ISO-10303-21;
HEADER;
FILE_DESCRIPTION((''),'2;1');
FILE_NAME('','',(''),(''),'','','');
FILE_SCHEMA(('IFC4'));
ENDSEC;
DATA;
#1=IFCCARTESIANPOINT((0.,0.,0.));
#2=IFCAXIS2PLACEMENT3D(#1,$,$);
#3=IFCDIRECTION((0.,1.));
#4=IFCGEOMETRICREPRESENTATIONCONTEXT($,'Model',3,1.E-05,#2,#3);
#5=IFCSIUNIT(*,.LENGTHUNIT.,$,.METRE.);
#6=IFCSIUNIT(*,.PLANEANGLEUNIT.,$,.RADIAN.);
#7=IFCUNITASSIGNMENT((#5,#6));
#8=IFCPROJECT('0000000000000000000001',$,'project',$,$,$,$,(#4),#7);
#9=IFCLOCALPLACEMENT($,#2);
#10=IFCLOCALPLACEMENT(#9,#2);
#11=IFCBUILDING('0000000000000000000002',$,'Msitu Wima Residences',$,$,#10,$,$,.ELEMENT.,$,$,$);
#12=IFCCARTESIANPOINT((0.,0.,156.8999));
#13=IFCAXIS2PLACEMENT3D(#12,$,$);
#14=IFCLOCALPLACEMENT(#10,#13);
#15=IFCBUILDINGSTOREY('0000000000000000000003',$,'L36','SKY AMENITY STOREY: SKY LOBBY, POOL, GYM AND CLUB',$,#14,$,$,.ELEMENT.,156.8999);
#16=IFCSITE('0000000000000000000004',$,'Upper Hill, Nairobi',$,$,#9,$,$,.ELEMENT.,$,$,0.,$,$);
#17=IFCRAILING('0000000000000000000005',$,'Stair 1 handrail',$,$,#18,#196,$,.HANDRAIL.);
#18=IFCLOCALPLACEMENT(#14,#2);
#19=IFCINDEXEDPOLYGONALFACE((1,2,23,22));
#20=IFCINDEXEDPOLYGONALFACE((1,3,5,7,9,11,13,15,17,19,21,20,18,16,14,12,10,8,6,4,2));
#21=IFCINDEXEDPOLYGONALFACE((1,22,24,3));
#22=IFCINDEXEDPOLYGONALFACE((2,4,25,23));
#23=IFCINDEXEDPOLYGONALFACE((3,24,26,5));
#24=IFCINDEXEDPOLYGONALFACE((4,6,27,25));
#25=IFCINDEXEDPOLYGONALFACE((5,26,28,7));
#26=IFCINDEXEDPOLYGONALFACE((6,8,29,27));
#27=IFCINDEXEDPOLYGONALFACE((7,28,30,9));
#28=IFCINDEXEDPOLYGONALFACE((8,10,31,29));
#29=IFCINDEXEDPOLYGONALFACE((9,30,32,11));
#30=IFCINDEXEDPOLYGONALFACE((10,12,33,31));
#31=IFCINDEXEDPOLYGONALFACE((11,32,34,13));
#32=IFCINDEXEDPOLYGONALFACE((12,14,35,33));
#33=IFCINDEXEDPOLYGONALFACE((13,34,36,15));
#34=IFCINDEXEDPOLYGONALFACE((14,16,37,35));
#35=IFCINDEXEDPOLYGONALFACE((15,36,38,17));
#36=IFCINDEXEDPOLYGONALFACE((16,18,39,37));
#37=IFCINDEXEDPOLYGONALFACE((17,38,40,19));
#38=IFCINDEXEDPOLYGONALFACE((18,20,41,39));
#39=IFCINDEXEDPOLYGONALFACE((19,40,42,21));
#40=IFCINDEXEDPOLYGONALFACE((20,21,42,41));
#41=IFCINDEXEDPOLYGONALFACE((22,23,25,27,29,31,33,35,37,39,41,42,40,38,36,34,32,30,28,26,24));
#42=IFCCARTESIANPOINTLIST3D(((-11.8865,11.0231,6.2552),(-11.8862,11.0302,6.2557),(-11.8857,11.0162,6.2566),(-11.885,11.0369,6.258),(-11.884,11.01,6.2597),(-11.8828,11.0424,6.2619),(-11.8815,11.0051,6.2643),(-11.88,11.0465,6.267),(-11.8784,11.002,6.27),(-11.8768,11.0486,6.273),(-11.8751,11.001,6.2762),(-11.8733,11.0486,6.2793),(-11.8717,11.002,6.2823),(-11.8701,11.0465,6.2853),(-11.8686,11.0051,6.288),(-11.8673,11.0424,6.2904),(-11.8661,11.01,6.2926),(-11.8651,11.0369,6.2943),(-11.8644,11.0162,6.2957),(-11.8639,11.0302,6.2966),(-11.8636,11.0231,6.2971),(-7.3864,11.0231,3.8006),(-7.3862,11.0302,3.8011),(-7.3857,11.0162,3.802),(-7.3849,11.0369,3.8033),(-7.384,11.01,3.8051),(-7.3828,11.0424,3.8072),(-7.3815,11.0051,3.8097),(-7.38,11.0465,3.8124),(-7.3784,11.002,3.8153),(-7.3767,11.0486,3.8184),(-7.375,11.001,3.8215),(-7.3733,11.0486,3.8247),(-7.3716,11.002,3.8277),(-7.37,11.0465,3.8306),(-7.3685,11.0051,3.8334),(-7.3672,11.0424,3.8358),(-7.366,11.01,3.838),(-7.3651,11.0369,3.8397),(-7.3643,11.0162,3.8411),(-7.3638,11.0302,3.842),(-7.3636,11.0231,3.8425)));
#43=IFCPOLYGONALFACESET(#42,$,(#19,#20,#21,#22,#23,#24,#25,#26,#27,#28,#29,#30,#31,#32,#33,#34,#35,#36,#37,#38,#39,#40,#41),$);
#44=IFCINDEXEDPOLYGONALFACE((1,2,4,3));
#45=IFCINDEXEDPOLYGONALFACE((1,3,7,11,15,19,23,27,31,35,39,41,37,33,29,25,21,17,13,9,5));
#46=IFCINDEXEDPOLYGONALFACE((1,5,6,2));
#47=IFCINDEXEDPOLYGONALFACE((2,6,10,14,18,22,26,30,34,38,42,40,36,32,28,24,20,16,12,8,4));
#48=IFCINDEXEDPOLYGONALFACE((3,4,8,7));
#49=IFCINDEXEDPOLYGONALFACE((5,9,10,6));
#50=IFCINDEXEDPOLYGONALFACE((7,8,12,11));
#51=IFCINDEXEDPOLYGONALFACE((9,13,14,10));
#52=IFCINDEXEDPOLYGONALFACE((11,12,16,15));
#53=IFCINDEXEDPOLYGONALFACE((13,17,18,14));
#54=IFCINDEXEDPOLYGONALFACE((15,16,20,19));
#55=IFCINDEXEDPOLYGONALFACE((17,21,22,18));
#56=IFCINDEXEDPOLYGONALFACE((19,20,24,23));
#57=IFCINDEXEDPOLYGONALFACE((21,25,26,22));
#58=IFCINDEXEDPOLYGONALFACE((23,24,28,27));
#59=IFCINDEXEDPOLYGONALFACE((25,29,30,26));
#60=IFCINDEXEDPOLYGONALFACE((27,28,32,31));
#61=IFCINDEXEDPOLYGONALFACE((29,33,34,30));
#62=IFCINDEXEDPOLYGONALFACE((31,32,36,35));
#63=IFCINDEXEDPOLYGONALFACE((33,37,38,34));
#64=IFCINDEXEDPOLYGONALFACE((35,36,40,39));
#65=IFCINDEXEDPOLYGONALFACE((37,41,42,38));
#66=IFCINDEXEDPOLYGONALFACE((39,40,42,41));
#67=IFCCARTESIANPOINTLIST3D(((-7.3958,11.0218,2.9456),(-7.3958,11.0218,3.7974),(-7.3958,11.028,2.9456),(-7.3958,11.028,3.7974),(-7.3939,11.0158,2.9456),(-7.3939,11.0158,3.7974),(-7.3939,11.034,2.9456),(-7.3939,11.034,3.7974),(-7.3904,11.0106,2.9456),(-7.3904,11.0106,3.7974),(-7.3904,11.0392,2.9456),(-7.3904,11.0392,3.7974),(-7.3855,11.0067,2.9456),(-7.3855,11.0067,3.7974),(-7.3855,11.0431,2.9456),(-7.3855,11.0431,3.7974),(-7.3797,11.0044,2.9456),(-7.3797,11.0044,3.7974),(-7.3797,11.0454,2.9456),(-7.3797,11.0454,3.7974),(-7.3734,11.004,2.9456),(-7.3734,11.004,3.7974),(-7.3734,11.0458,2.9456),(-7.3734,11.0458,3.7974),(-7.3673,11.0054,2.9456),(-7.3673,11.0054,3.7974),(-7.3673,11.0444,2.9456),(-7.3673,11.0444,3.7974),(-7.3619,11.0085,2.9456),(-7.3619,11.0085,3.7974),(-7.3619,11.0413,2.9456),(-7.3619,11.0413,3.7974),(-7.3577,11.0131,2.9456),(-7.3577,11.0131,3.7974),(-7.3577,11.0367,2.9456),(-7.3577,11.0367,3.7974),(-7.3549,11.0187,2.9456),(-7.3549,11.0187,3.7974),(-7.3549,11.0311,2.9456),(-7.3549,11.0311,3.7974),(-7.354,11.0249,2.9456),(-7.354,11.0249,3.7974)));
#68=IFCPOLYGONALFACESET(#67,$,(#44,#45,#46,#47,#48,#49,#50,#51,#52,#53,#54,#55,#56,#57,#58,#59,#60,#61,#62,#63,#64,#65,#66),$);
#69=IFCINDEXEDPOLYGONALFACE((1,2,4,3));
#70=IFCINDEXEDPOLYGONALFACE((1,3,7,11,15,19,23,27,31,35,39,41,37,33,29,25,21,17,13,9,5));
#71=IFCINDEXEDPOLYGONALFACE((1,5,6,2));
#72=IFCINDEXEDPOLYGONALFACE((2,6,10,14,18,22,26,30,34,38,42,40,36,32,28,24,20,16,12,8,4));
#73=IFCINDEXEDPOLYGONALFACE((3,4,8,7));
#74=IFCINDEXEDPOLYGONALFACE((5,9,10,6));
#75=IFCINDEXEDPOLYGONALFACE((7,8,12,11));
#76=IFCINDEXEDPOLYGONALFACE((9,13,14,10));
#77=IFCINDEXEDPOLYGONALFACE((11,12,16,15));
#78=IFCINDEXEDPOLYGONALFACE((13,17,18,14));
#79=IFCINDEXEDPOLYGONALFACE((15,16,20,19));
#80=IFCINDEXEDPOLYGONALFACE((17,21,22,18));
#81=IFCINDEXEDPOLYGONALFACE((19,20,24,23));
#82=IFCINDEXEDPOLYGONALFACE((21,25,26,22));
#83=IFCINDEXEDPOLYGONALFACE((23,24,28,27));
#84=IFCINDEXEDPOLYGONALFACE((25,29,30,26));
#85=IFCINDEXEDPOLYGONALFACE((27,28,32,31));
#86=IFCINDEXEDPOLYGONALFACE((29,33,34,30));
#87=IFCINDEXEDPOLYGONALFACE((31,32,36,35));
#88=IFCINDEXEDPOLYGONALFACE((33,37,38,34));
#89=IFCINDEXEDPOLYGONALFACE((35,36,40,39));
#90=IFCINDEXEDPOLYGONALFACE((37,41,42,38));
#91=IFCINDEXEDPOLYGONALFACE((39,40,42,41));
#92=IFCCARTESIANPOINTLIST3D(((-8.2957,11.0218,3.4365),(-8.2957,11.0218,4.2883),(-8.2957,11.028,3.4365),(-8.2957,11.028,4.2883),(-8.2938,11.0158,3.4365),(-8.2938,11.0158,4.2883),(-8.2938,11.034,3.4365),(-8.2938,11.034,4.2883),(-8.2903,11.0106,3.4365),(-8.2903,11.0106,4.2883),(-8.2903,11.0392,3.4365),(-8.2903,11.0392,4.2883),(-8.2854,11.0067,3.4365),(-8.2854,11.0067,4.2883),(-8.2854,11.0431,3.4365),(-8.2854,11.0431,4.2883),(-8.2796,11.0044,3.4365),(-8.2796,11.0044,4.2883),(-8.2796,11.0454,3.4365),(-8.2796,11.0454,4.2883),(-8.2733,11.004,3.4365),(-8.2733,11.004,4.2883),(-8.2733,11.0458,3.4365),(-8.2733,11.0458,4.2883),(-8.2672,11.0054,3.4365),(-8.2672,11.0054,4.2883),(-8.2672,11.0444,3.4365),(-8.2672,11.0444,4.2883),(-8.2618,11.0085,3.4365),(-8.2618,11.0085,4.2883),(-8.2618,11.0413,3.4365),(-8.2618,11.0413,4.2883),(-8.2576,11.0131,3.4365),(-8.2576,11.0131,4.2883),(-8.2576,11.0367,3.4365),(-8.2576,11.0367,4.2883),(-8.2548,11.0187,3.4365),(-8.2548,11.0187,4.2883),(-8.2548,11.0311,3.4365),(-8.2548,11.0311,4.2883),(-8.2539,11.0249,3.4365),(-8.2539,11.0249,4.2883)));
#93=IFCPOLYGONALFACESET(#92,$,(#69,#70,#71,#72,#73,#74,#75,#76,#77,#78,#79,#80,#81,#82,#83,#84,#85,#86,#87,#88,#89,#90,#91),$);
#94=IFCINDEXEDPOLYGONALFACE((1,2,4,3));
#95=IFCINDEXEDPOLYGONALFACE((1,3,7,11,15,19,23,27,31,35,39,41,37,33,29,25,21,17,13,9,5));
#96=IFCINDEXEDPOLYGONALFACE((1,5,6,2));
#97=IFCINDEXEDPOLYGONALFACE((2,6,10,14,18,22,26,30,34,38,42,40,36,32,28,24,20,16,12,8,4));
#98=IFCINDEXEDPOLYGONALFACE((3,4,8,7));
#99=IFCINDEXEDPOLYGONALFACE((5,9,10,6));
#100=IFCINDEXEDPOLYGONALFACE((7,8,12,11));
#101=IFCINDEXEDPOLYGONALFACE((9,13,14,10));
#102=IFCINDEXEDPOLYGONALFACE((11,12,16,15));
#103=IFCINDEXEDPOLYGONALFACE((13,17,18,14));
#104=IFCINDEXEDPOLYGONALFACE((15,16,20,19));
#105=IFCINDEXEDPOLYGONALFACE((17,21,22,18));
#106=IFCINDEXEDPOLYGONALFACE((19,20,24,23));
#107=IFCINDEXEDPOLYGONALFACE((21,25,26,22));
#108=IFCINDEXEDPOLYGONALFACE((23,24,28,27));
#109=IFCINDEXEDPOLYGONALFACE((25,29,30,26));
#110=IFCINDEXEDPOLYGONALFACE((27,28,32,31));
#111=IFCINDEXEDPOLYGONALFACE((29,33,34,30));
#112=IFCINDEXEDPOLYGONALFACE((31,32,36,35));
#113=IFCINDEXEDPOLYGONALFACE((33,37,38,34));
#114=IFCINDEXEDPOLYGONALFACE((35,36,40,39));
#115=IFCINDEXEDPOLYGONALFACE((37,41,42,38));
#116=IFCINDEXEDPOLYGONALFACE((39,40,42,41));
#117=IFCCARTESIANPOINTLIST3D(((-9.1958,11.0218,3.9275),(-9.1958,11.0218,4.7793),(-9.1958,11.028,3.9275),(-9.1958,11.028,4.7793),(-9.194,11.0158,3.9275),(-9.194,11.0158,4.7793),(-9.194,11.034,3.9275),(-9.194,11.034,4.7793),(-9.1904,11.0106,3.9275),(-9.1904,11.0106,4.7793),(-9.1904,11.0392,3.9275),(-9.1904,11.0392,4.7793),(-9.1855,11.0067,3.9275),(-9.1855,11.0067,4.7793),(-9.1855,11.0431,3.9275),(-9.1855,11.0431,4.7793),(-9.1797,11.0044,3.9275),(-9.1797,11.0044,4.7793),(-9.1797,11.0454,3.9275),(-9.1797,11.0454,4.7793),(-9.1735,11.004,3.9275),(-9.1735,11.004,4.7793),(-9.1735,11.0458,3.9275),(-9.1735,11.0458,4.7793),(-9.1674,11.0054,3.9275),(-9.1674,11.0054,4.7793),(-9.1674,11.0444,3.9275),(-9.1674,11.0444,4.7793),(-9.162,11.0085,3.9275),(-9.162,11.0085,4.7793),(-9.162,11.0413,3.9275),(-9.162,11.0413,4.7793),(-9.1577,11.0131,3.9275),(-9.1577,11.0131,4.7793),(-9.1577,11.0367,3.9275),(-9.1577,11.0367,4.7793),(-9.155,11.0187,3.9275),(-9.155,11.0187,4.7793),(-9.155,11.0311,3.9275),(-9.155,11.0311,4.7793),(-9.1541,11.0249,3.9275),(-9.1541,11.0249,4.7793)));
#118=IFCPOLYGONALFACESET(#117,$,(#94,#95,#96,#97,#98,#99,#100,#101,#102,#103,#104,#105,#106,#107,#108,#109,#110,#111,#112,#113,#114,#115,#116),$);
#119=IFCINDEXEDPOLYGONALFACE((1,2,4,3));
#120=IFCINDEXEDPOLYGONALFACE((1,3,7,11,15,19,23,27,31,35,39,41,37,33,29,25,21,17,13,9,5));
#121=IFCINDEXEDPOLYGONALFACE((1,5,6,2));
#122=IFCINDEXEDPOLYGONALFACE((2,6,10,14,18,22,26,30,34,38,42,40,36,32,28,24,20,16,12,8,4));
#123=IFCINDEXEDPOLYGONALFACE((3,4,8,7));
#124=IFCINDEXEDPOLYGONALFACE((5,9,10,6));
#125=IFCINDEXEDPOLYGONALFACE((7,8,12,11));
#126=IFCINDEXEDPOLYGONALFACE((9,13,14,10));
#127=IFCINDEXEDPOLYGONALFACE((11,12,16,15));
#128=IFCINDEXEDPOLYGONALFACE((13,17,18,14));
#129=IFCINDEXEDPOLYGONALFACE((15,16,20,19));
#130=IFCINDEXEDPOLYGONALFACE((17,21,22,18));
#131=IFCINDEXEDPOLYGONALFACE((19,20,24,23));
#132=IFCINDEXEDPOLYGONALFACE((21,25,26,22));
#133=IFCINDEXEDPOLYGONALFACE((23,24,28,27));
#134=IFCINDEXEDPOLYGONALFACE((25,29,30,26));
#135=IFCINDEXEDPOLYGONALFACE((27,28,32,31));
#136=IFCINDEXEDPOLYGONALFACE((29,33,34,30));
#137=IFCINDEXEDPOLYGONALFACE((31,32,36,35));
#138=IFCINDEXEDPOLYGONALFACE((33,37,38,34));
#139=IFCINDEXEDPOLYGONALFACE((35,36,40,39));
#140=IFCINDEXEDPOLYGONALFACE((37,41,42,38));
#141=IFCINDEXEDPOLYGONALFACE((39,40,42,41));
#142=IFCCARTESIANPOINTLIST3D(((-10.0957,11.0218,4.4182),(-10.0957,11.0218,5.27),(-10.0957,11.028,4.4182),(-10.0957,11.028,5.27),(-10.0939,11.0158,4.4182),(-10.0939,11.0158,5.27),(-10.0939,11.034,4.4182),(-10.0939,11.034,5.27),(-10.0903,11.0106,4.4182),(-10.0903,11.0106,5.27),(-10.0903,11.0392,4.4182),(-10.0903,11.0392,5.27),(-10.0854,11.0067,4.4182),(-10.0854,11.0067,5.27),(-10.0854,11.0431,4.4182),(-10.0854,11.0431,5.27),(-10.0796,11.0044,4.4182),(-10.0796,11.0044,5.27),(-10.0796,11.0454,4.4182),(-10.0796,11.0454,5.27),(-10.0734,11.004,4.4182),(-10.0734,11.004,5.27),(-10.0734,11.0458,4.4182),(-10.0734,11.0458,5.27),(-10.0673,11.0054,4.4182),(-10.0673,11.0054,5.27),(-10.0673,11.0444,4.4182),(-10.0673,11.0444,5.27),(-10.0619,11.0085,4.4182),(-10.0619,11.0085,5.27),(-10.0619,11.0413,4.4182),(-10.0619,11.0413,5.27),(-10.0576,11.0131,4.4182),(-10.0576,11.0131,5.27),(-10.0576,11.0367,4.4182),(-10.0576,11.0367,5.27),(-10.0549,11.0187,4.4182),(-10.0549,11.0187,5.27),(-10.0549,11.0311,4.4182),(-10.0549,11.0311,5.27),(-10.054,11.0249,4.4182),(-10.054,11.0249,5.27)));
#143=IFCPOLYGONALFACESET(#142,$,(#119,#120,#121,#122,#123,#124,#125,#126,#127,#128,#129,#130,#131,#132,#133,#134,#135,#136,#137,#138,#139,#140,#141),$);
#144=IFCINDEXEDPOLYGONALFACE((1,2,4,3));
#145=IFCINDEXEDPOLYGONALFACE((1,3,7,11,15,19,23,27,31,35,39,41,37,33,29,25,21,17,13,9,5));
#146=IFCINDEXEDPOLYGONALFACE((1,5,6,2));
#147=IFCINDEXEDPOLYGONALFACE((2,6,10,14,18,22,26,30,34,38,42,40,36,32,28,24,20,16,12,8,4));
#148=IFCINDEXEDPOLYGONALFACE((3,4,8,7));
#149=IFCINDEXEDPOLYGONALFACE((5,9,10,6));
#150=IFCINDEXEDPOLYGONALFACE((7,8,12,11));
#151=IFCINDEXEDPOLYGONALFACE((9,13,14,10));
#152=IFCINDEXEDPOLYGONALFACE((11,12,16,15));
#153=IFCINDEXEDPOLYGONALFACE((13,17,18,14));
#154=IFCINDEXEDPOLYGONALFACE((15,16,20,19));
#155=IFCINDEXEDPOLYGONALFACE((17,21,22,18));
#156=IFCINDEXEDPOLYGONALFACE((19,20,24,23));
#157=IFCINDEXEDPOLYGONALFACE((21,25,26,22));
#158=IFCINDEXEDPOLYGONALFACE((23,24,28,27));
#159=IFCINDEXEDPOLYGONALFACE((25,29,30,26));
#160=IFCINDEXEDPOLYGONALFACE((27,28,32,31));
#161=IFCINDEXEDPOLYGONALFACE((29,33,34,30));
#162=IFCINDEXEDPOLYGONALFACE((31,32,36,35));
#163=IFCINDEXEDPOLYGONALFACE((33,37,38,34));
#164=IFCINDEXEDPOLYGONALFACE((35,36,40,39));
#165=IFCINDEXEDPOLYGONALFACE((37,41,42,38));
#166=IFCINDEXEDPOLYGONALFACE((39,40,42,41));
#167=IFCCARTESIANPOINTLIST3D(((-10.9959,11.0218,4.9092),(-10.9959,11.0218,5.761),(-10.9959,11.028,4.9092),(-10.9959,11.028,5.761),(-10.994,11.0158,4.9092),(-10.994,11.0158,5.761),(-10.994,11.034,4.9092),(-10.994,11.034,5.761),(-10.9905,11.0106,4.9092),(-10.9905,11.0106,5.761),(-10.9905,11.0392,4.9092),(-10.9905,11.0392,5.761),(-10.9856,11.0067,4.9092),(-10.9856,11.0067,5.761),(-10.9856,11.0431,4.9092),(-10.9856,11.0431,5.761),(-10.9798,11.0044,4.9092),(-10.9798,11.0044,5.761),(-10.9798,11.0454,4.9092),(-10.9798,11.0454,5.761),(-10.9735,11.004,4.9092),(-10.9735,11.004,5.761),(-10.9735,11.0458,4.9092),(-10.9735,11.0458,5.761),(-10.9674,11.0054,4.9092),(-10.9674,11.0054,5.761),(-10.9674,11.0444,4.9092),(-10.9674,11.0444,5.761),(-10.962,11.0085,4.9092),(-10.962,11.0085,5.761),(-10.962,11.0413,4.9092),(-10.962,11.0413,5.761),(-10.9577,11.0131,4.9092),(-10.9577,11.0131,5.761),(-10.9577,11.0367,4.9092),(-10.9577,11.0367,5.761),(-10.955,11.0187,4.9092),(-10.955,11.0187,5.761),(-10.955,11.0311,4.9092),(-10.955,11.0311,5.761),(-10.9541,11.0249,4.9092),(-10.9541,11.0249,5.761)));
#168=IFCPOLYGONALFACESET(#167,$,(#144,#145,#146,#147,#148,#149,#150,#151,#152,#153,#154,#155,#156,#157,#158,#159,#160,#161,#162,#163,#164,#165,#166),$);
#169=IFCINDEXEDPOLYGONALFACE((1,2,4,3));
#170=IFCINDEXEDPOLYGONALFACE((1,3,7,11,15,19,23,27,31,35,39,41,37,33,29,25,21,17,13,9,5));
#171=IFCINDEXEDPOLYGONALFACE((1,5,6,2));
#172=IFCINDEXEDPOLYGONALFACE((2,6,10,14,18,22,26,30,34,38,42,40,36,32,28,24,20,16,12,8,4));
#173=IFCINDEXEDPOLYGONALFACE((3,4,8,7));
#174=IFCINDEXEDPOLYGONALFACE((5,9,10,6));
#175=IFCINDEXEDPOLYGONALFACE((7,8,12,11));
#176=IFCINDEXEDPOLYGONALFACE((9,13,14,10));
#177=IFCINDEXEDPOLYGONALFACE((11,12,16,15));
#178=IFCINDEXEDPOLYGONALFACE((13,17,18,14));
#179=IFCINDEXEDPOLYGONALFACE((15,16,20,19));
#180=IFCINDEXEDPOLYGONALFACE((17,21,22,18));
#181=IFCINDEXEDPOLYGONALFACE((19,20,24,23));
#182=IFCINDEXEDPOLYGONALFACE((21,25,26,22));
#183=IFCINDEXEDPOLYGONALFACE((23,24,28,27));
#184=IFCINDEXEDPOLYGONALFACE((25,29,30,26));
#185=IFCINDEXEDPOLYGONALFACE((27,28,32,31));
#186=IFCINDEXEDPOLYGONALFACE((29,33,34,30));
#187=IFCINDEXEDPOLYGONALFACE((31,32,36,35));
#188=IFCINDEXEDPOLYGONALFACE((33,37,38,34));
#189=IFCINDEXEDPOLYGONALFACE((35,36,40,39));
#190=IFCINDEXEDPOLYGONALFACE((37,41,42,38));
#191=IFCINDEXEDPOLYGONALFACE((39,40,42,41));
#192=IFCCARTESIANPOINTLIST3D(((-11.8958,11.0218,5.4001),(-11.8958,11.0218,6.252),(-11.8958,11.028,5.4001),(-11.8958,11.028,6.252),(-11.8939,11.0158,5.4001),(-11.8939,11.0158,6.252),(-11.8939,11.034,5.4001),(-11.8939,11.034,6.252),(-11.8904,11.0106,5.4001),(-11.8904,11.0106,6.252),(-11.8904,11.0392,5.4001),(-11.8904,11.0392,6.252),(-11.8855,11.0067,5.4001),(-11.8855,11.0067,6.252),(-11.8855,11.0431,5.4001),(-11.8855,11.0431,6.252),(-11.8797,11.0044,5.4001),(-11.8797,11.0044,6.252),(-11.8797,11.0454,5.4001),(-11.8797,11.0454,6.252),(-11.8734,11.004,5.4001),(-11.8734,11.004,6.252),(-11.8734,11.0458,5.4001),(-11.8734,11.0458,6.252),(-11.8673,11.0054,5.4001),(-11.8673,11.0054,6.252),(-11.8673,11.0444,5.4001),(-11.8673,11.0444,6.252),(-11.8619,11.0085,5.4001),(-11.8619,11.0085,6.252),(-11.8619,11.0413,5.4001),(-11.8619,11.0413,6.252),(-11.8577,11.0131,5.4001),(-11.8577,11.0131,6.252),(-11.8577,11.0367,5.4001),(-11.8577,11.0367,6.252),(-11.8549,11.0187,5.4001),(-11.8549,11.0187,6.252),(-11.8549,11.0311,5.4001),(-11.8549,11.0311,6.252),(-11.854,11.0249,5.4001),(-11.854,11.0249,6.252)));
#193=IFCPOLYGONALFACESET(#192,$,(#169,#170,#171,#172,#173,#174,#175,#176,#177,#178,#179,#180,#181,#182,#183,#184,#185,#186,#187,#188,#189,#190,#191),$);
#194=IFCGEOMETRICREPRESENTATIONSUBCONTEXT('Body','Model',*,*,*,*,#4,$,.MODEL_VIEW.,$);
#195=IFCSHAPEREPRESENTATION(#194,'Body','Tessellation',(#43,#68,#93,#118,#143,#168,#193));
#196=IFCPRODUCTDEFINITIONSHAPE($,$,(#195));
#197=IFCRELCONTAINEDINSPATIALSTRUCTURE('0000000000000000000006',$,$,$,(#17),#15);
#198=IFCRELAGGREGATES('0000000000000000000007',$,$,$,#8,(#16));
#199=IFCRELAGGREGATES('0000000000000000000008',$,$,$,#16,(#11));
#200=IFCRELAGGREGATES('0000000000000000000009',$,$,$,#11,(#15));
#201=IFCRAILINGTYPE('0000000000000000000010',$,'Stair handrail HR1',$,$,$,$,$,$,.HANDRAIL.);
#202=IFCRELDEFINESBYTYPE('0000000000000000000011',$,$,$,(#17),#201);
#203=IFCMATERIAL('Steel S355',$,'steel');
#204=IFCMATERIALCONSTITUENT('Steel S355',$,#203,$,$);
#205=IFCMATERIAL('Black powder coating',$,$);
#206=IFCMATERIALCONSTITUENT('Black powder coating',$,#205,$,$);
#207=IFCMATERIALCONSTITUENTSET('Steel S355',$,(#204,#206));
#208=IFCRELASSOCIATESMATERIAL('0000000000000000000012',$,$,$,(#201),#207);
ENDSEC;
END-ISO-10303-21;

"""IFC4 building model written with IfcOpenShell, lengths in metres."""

from ifc_helpers import new_model, si_unit, direction, frame, origin, origin_2d, place, context, subcontext, project, spatial, circle, extrude, material, constituent, constituent_set, type_object, element, save


model = new_model("IFC4")

# Units and contexts
model_context = context("Model", 3, precision=1e-05, world=origin(), true_north=direction((0.0, 1.0)))
body_context = subcontext(model_context, "Body", "Model", "MODEL_VIEW")
ifc_project = project(units=[si_unit("LENGTHUNIT", "METRE"), si_unit("PLANEANGLEUNIT", "RADIAN")], contexts=[model_context])

# Site, building, storey
site_placement = place(None, origin())
site = spatial("IfcSite", under=ifc_project, at=site_placement, Name="Upper Hill, Nairobi", CompositionType="ELEMENT", RefElevation=0.0)
building_placement = place(site_placement, origin())
building = spatial("IfcBuilding", under=site, at=building_placement, Name="Msitu Wima Residences", CompositionType="ELEMENT")
storey_placement = place(building_placement, frame((0.0, 0.0, 156.8999)))
storey = spatial("IfcBuildingStorey", under=building, at=storey_placement, Name="L36", Description="SKY AMENITY STOREY: SKY LOBBY, POOL, GYM AND CLUB", CompositionType="ELEMENT", Elevation=156.8999)

# Railing
ifc_material_1 = material(Name="Steel S355", Category="steel")
ifc_constituent_1 = constituent(ifc_material_1, Name="Steel S355")
ifc_material_2 = material(Name="Black powder coating")
ifc_constituent_2 = constituent(ifc_material_2, Name="Black powder coating")
ifc_constituent_set = constituent_set(constituents=[ifc_constituent_1, ifc_constituent_2], Name="Steel S355")
railing_type = type_object("IfcRailingType", Name="Stair handrail HR1", PredefinedType="HANDRAIL", material=ifc_constituent_set)
for number, where, name in (
    (1, (-7.375, 11.0249, 2.9456), "Stair 1 handrail"),
):
    element("IfcRailing", number, at=place(storey_placement, frame(where)), inside=storey, type_object=railing_type, Name=name, PredefinedType="HANDRAIL", context=body_context, shape_type="SweptSolid", body=[
        extrude(circle(Radius=0.0239, at=origin_2d()), frame((0.0, 0.0, 0.876), z_axis=(-0.877892, 0.0, 0.478859), x_axis=(0.0, -1.0, 0.0)), (0.0, 0.0, 1.0), 5.126),
        extrude(circle(Radius=0.021, at=origin_2d()), origin(), (0.0, 0.0, 1.0), 0.8518),
        extrude(circle(Radius=0.021, at=origin_2d()), frame((-0.8999, 0.0, 0.491)), (0.0, 0.0, 1.0), 0.8518),
        extrude(circle(Radius=0.021, at=origin_2d()), frame((-1.8, 0.0, 0.9819)), (0.0, 0.0, 1.0), 0.8518),
        extrude(circle(Radius=0.021, at=origin_2d()), frame((-2.7, 0.0, 1.4727)), (0.0, 0.0, 1.0), 0.8518),
        extrude(circle(Radius=0.021, at=origin_2d()), frame((-3.6001, 0.0, 1.9636)), (0.0, 0.0, 1.0), 0.8518),
        extrude(circle(Radius=0.021, at=origin_2d()), frame((-4.5, 0.0, 2.4546)), (0.0, 0.0, 1.0), 0.8518),
    ])

save(model, "model.ifc")
